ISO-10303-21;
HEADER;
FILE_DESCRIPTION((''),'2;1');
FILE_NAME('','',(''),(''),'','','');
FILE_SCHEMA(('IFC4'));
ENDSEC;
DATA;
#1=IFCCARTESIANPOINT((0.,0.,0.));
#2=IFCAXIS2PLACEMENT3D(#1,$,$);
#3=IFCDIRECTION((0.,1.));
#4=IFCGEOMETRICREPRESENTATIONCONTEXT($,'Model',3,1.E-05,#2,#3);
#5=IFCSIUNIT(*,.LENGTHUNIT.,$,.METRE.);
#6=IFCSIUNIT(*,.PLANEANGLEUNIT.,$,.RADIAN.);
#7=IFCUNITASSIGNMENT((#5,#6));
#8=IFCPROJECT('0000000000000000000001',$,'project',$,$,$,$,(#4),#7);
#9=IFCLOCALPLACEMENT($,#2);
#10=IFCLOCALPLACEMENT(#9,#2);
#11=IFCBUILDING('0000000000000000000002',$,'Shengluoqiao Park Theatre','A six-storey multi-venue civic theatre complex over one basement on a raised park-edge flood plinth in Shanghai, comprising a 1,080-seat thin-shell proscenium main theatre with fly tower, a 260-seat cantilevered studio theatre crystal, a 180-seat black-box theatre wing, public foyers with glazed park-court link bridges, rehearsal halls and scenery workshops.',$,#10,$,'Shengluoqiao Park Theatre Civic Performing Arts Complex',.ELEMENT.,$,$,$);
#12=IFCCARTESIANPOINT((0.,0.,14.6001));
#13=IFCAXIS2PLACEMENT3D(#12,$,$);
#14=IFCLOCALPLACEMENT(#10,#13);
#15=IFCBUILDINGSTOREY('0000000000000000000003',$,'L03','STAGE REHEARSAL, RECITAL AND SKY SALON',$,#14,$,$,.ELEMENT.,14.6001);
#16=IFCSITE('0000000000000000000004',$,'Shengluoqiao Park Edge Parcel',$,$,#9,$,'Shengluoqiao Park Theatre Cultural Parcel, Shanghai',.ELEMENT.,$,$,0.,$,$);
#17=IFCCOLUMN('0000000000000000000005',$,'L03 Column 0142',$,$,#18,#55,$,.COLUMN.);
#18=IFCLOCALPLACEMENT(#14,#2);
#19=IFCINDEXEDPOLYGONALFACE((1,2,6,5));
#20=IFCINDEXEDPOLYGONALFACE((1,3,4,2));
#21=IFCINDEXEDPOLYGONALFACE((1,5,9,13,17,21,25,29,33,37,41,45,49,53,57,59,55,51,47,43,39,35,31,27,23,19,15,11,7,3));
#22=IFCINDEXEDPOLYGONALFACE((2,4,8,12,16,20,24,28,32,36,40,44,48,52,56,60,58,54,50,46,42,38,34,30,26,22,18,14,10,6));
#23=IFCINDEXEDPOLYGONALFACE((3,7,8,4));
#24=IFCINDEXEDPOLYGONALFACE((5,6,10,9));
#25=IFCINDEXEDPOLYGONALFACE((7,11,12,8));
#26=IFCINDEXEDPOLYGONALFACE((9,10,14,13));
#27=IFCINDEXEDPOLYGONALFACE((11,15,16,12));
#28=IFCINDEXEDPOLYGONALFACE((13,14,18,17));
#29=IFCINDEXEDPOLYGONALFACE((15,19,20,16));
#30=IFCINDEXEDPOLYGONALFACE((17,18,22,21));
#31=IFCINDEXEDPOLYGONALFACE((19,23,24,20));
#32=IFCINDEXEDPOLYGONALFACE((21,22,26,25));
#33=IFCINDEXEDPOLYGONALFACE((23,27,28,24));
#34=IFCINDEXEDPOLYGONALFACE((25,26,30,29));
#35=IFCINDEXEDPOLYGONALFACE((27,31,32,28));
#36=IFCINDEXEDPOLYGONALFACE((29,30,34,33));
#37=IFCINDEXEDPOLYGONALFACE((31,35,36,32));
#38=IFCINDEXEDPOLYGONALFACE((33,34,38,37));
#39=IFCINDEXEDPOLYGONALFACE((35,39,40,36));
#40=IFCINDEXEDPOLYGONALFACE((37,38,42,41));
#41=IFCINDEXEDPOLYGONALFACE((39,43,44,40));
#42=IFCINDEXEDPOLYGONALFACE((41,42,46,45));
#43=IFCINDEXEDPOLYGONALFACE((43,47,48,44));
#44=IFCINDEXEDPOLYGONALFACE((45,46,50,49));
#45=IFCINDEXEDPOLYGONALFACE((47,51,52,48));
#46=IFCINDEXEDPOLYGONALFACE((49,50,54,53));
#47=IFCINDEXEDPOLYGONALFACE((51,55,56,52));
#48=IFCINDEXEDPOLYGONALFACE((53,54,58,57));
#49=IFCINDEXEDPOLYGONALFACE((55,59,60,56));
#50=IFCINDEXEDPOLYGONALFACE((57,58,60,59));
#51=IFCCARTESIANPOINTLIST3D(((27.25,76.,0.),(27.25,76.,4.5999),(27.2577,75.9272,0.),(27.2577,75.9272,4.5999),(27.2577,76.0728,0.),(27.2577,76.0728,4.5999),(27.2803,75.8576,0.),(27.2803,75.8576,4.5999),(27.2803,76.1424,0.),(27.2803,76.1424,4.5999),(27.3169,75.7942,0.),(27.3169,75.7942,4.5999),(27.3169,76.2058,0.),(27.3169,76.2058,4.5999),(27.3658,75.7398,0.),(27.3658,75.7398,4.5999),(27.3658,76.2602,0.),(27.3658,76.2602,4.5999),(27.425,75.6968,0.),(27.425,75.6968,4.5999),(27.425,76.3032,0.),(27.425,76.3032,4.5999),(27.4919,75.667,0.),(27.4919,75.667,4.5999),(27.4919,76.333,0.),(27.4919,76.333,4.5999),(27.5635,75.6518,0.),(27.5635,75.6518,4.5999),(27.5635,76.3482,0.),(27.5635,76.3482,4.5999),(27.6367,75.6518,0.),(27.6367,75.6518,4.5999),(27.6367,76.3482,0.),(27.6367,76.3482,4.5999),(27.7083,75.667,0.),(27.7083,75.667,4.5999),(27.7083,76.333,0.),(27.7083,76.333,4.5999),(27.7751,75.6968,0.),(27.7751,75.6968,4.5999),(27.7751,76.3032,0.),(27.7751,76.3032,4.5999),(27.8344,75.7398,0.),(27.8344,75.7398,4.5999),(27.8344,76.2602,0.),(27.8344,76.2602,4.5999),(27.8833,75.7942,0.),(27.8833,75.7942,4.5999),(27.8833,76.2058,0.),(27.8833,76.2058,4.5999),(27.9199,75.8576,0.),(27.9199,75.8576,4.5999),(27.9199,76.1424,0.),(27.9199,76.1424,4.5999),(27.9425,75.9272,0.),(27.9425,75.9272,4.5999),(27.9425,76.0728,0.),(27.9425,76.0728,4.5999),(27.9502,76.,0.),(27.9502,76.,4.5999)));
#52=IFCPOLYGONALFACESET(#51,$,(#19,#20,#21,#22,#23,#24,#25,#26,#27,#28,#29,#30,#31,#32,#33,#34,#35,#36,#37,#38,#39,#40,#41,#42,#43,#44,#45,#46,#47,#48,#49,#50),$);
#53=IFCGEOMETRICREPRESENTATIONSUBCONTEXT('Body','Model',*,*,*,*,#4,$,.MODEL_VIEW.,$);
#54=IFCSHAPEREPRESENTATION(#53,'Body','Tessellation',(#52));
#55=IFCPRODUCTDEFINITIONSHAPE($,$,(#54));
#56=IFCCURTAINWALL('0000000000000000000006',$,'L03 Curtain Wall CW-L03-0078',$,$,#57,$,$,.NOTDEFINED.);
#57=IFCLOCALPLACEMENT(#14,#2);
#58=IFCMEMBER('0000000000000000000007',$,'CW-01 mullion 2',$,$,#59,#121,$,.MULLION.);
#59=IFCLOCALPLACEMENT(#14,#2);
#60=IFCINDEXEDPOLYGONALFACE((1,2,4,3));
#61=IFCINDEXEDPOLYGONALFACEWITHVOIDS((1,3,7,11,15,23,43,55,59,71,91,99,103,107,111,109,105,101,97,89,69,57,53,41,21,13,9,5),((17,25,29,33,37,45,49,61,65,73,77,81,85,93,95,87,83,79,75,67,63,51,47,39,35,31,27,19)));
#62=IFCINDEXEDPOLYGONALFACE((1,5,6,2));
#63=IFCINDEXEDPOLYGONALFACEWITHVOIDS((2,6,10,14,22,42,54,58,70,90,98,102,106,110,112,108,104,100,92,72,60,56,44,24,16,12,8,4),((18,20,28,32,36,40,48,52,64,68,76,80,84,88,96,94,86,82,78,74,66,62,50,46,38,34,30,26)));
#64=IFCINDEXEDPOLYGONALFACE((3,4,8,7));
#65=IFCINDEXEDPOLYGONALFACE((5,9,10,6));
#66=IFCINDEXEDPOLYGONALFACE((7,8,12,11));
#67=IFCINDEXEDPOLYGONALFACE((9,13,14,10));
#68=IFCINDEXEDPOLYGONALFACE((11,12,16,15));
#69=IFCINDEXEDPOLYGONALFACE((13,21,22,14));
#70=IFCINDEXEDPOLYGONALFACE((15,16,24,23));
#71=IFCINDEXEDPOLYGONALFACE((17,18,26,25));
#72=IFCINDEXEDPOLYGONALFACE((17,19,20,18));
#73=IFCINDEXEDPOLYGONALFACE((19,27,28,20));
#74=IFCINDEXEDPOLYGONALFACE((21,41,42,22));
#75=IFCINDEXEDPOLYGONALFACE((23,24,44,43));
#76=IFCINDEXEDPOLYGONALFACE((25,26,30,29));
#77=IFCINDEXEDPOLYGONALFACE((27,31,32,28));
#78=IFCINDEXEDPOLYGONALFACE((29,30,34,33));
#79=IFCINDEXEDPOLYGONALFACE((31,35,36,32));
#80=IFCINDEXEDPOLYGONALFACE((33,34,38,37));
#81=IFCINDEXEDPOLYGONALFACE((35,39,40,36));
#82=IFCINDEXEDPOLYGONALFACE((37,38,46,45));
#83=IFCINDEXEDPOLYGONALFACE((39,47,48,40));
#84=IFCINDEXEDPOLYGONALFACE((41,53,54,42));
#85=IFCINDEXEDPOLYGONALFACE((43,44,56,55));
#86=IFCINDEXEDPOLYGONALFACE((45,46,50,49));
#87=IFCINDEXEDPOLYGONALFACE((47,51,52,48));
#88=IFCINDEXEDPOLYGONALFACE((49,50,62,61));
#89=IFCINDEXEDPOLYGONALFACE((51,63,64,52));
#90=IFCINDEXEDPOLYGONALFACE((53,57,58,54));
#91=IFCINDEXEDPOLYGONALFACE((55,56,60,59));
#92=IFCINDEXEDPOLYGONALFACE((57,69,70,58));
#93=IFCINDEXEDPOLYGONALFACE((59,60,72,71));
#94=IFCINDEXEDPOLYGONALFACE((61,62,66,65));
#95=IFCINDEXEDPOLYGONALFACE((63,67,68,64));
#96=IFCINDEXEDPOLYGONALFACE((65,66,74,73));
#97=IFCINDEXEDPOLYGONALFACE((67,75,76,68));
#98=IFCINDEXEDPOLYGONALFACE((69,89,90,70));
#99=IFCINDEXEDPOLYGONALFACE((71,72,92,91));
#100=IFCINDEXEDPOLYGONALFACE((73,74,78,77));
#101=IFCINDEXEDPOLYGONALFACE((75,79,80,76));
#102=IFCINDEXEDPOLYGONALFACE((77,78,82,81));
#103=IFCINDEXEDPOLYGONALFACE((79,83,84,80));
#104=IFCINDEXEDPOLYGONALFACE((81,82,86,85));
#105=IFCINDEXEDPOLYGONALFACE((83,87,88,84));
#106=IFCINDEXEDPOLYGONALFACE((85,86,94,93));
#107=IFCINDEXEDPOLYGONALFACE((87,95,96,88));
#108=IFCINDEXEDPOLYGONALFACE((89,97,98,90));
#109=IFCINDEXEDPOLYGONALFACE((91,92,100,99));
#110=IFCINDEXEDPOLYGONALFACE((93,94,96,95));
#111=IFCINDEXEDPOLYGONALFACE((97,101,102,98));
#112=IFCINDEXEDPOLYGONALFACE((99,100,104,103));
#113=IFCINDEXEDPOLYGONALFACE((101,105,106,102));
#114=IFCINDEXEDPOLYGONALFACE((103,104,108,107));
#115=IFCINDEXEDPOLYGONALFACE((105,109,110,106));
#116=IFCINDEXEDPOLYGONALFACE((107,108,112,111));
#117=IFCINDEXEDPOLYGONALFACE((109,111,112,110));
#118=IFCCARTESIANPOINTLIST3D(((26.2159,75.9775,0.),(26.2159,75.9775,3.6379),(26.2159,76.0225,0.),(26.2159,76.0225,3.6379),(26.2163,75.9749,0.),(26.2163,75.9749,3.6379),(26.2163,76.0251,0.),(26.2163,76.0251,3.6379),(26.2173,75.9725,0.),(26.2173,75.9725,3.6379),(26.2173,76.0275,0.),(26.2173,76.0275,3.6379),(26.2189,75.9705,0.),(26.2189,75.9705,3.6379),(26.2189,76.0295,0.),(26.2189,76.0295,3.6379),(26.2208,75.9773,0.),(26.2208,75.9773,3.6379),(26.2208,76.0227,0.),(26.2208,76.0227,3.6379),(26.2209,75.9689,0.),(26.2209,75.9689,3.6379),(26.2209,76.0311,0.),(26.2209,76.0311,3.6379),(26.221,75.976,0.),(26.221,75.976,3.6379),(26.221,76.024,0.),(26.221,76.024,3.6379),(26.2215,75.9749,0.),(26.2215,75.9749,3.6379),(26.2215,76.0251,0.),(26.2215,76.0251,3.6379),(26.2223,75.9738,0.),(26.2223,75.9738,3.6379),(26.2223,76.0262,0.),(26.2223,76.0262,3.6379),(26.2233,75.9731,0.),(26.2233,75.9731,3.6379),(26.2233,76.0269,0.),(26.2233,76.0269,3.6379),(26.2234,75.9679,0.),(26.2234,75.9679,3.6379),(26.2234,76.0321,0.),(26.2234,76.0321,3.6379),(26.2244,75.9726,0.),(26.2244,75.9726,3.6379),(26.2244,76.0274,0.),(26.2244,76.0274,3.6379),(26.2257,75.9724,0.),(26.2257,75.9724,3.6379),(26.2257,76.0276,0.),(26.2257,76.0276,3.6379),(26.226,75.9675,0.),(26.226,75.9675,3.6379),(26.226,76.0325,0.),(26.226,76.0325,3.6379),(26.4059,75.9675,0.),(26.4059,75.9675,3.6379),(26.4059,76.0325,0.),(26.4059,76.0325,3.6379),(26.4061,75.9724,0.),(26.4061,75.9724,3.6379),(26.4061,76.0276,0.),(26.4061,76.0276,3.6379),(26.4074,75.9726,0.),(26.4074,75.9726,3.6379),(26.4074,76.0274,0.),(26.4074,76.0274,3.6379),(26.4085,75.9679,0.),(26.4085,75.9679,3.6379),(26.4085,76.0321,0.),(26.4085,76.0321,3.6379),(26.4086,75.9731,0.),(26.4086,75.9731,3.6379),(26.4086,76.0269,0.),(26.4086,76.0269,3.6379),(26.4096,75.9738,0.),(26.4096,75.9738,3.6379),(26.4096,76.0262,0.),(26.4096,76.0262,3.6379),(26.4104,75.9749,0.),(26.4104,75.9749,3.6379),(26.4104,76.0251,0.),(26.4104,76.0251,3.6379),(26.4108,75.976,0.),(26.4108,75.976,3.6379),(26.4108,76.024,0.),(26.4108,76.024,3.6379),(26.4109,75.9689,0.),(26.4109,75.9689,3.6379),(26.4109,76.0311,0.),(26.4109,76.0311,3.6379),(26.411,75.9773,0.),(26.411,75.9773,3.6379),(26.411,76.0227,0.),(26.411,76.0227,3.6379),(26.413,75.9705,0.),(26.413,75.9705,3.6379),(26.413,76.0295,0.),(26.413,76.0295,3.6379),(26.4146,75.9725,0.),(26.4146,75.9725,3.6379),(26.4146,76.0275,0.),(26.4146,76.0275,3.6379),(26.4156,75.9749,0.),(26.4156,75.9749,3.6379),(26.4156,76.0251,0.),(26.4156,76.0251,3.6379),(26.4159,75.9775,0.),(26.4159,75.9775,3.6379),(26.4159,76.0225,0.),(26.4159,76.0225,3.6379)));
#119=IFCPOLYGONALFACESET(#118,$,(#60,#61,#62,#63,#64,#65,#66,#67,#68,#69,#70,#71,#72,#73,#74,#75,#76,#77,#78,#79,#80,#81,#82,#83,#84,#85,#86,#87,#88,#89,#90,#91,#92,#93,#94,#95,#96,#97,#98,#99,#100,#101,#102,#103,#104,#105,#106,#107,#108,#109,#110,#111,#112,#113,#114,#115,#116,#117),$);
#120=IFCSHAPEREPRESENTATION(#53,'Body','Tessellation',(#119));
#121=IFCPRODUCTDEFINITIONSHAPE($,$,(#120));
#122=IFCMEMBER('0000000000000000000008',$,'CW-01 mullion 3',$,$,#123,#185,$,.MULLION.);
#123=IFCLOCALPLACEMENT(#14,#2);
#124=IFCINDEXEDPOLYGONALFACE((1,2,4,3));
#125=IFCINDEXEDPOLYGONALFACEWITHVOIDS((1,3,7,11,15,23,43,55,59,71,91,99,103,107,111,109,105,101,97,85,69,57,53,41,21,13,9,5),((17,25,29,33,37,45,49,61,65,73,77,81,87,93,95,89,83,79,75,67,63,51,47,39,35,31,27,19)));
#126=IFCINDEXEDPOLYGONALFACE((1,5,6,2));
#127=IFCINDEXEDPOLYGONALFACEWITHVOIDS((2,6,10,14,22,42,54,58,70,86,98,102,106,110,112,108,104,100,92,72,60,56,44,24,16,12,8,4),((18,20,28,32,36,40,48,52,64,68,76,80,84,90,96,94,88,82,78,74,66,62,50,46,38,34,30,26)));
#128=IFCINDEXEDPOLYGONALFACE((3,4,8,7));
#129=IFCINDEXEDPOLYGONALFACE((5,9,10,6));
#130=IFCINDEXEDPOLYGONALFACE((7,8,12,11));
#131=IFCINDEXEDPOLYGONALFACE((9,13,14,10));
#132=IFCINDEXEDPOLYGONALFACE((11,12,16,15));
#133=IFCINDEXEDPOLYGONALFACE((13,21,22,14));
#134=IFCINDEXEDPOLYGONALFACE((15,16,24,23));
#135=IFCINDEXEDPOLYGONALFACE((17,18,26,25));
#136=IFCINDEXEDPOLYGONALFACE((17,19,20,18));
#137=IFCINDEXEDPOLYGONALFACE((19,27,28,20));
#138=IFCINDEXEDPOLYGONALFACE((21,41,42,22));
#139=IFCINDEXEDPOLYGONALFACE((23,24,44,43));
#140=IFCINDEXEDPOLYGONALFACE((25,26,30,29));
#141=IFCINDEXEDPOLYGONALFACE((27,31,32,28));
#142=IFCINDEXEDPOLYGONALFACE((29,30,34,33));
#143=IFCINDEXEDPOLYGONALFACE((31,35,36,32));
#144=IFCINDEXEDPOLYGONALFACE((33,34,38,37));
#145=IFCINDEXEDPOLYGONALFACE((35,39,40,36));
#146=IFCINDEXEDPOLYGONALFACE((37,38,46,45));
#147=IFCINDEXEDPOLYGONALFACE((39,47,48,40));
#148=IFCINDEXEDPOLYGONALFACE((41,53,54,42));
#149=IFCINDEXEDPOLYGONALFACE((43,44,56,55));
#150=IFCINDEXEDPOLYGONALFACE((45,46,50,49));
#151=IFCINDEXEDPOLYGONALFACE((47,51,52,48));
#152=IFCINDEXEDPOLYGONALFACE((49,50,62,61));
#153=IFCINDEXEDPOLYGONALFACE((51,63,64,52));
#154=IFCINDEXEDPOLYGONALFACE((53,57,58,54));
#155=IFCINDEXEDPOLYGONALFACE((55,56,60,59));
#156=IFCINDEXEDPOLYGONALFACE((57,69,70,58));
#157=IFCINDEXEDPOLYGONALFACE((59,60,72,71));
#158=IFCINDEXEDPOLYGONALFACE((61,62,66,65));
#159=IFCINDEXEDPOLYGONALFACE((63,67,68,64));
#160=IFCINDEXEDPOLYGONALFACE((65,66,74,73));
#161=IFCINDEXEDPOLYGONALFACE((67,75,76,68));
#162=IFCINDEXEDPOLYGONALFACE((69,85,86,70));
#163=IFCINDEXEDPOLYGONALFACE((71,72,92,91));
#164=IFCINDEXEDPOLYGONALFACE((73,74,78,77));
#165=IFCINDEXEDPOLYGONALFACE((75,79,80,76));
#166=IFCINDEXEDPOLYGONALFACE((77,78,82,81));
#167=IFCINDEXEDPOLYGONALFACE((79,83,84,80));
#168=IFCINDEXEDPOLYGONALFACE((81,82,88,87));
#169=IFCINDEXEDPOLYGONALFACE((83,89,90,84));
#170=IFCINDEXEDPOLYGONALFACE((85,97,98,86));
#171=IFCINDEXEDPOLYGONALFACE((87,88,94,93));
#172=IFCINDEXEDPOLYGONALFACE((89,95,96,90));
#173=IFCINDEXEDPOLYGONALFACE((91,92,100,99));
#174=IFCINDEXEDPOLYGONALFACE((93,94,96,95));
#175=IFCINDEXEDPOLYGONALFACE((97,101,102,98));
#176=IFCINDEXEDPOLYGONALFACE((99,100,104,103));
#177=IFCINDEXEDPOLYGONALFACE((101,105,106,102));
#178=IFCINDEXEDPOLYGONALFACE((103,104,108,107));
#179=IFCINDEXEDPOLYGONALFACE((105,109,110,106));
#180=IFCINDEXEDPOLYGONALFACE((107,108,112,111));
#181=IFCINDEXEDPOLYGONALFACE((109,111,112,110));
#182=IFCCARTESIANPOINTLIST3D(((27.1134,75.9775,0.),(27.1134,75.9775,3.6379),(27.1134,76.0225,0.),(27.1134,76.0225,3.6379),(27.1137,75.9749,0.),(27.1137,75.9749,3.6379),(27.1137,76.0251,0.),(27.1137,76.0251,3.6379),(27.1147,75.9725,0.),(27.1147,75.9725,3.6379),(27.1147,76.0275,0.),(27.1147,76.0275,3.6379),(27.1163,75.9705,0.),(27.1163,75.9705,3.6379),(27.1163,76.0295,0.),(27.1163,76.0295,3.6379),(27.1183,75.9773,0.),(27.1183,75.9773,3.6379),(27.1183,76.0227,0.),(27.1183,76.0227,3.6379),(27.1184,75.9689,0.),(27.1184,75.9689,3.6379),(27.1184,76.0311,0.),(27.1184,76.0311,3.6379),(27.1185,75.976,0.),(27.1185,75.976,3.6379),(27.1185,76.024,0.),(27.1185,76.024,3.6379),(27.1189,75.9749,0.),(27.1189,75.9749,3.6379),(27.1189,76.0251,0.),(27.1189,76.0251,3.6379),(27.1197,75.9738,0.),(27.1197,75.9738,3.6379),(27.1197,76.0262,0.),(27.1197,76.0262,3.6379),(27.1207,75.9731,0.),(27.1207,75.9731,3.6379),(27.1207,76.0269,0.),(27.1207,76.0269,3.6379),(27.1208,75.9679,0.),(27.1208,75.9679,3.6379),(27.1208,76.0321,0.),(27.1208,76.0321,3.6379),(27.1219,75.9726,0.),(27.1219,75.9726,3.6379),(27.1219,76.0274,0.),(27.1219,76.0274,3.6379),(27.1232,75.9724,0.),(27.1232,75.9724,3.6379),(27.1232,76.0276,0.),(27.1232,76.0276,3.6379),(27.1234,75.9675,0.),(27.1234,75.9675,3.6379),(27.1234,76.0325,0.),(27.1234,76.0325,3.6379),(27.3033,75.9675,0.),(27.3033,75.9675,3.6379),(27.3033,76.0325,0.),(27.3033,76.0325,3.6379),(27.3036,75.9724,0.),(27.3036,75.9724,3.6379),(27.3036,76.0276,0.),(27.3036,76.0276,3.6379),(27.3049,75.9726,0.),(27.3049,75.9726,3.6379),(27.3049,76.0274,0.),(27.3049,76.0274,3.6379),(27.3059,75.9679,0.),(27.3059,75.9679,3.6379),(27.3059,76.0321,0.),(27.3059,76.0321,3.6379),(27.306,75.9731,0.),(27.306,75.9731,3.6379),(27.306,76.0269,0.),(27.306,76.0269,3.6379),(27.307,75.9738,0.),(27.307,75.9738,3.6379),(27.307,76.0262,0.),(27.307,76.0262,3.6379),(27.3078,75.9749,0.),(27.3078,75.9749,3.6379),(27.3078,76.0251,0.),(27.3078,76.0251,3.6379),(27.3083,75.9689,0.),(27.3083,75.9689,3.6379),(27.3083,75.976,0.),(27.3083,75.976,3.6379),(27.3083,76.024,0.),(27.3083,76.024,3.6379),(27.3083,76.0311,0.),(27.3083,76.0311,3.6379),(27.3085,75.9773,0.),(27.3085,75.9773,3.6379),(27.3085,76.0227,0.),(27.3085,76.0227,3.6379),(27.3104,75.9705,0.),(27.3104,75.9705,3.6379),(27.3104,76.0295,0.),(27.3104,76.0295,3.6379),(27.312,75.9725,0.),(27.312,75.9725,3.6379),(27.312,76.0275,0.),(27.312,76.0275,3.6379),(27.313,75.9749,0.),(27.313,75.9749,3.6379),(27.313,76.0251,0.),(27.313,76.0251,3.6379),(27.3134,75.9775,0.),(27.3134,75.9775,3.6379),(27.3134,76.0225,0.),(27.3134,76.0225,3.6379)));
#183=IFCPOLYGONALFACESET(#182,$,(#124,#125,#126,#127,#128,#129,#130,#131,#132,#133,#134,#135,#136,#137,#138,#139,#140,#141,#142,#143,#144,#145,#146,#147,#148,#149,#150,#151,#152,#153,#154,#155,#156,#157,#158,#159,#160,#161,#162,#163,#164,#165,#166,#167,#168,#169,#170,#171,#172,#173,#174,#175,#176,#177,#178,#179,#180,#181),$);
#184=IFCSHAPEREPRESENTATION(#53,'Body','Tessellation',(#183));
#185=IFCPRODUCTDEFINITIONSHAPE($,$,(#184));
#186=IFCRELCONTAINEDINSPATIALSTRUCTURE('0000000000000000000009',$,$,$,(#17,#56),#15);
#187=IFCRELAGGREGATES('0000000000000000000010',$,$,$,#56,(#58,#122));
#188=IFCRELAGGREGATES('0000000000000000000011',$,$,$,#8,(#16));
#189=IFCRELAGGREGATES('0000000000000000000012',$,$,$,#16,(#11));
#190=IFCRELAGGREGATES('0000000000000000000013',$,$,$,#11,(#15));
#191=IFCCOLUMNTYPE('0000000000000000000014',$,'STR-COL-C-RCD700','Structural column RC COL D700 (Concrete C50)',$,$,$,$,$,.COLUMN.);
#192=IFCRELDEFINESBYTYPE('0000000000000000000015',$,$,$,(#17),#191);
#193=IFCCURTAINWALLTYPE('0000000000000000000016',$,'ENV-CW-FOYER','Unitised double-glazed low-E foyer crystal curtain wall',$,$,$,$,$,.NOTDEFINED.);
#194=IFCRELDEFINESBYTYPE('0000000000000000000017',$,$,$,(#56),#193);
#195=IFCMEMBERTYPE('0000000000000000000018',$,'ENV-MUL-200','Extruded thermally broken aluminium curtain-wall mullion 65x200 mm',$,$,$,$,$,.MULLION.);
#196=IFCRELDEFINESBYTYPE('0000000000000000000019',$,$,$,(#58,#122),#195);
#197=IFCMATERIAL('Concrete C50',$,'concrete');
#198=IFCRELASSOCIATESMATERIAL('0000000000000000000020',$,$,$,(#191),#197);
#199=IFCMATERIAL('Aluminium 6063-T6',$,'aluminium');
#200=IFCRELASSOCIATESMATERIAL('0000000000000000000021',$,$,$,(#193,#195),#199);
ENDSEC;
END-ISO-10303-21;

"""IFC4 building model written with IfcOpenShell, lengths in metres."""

from ifc_helpers import new_model, si_unit, direction, frame, origin, origin_2d, place, context, subcontext, project, spatial, hollow_rectangle, circle, extrude, material, material_profile, profile_set, type_object, element, aggregate, save


model = new_model("IFC4")

# Units and contexts
model_context = context("Model", 3, precision=1e-05, world=origin(), true_north=direction((0.0, 1.0)))
body_context = subcontext(model_context, "Body", "Model", "MODEL_VIEW")
ifc_project = project(units=[si_unit("LENGTHUNIT", "METRE"), si_unit("PLANEANGLEUNIT", "RADIAN")], contexts=[model_context])

# Site, building, storey
site_placement = place(None, origin())
site = spatial("IfcSite", under=ifc_project, at=site_placement, Name="Shengluoqiao Park Edge Parcel", LongName="Shengluoqiao Park Theatre Cultural Parcel, Shanghai", CompositionType="ELEMENT", RefElevation=0.0)
building_placement = place(site_placement, origin())
building = spatial("IfcBuilding", under=site, at=building_placement, Name="Shengluoqiao Park Theatre", Description="A six-storey multi-venue civic theatre complex over one basement on a raised park-edge flood plinth in Shanghai, comprising a 1,080-seat thin-shell proscenium main theatre with fly tower, a 260-seat cantilevered studio theatre crystal, a 180-seat black-box theatre wing, public foyers with glazed park-court link bridges, rehearsal halls and scenery workshops.", LongName="Shengluoqiao Park Theatre Civic Performing Arts Complex", CompositionType="ELEMENT")
storey_placement = place(building_placement, frame((0.0, 0.0, 14.6001)))
storey = spatial("IfcBuildingStorey", under=building, at=storey_placement, Name="L03", Description="STAGE REHEARSAL, RECITAL AND SKY SALON", CompositionType="ELEMENT", Elevation=14.6001)

# Column
ifc_material_1 = material(Name="Concrete C50", Category="concrete")
ifc_material_profile_1 = material_profile(ifc_material_1, circle(Radius=0.3501, at=origin_2d()), Name="RC COL D700")
ifc_profile_set_1 = profile_set([ifc_material_profile_1], Name="Concrete C50")
column_type = type_object("IfcColumnType", Name="STR-COL-C-RCD700", Description="Structural column RC COL D700 (Concrete C50)", PredefinedType="COLUMN", material=ifc_profile_set_1)
column_placement = place(storey_placement, frame((27.6001, 76.0, 0.0), z_axis=(0.0, 0.0, 1.0), x_axis=(1.0, 0.0, 0.0)))
element("IfcColumn", 1, at=column_placement, inside=storey, type_object=column_type, Name="L03 Column 0142", PredefinedType="COLUMN", context=body_context, shape_type="SweptSolid", body=[
    extrude(circle(Radius=0.3501, at=origin_2d()), origin(), (0.0, 0.0, 1.0), 4.5999),
])

# Curtain wall, members
ifc_material_2 = material(Name="Aluminium 6063-T6", Category="aluminium")
curtain_wall_type = type_object("IfcCurtainWallType", Name="ENV-CW-FOYER", Description="Unitised double-glazed low-E foyer crystal curtain wall", PredefinedType="NOTDEFINED", material=ifc_material_2)
curtain_wall_1_placement = place(storey_placement, origin())
curtain_wall_1 = element("IfcCurtainWall", 2, at=curtain_wall_1_placement, inside=storey, type_object=curtain_wall_type, Name="L03 Curtain Wall CW-L03-0078", PredefinedType="NOTDEFINED")
ifc_material_profile_2 = material_profile(ifc_material_2, hollow_rectangle(XDim=0.0649, YDim=0.2, WallThickness=0.0049, InnerFilletRadius=0.0049, OuterFilletRadius=0.01, at=origin_2d()), Name="ALU MULLION 200x65x5")
ifc_profile_set_2 = profile_set([ifc_material_profile_2], Name="Aluminium 6063-T6")
member_type_1 = type_object("IfcMemberType", Name="ENV-MUL-200", Description="Extruded thermally broken aluminium curtain-wall mullion 65x200 mm", PredefinedType="MULLION", material=ifc_profile_set_2)
member_1_placement = place(storey_placement, frame((26.3159, 76.0, 0.0), z_axis=(0.0, 0.0, 1.0), x_axis=(0.0, 1.0, 0.0)))
member_1 = element("IfcMember", 3, at=member_1_placement, type_object=member_type_1, Name="CW-01 mullion 2", PredefinedType="MULLION", context=body_context, shape_type="SweptSolid", body=[
    extrude(hollow_rectangle(XDim=0.0649, YDim=0.2, WallThickness=0.0049, InnerFilletRadius=0.0049, OuterFilletRadius=0.01, at=origin_2d()), origin(), (0.0, 0.0, 1.0), 3.6379),
])
member_2_placement = place(storey_placement, frame((27.2134, 76.0, 0.0), z_axis=(0.0, 0.0, 1.0), x_axis=(0.0, 1.0, 0.0)))
member_2 = element("IfcMember", 4, at=member_2_placement, type_object=member_type_1, Name="CW-01 mullion 3", PredefinedType="MULLION", context=body_context, shape_type="SweptSolid", body=[
    extrude(hollow_rectangle(XDim=0.0649, YDim=0.2, WallThickness=0.0049, InnerFilletRadius=0.0049, OuterFilletRadius=0.01, at=origin_2d()), origin(), (0.0, 0.0, 1.0), 3.6379),
])

aggregate(curtain_wall_1, [member_1, member_2])

save(model, "model.ifc")
